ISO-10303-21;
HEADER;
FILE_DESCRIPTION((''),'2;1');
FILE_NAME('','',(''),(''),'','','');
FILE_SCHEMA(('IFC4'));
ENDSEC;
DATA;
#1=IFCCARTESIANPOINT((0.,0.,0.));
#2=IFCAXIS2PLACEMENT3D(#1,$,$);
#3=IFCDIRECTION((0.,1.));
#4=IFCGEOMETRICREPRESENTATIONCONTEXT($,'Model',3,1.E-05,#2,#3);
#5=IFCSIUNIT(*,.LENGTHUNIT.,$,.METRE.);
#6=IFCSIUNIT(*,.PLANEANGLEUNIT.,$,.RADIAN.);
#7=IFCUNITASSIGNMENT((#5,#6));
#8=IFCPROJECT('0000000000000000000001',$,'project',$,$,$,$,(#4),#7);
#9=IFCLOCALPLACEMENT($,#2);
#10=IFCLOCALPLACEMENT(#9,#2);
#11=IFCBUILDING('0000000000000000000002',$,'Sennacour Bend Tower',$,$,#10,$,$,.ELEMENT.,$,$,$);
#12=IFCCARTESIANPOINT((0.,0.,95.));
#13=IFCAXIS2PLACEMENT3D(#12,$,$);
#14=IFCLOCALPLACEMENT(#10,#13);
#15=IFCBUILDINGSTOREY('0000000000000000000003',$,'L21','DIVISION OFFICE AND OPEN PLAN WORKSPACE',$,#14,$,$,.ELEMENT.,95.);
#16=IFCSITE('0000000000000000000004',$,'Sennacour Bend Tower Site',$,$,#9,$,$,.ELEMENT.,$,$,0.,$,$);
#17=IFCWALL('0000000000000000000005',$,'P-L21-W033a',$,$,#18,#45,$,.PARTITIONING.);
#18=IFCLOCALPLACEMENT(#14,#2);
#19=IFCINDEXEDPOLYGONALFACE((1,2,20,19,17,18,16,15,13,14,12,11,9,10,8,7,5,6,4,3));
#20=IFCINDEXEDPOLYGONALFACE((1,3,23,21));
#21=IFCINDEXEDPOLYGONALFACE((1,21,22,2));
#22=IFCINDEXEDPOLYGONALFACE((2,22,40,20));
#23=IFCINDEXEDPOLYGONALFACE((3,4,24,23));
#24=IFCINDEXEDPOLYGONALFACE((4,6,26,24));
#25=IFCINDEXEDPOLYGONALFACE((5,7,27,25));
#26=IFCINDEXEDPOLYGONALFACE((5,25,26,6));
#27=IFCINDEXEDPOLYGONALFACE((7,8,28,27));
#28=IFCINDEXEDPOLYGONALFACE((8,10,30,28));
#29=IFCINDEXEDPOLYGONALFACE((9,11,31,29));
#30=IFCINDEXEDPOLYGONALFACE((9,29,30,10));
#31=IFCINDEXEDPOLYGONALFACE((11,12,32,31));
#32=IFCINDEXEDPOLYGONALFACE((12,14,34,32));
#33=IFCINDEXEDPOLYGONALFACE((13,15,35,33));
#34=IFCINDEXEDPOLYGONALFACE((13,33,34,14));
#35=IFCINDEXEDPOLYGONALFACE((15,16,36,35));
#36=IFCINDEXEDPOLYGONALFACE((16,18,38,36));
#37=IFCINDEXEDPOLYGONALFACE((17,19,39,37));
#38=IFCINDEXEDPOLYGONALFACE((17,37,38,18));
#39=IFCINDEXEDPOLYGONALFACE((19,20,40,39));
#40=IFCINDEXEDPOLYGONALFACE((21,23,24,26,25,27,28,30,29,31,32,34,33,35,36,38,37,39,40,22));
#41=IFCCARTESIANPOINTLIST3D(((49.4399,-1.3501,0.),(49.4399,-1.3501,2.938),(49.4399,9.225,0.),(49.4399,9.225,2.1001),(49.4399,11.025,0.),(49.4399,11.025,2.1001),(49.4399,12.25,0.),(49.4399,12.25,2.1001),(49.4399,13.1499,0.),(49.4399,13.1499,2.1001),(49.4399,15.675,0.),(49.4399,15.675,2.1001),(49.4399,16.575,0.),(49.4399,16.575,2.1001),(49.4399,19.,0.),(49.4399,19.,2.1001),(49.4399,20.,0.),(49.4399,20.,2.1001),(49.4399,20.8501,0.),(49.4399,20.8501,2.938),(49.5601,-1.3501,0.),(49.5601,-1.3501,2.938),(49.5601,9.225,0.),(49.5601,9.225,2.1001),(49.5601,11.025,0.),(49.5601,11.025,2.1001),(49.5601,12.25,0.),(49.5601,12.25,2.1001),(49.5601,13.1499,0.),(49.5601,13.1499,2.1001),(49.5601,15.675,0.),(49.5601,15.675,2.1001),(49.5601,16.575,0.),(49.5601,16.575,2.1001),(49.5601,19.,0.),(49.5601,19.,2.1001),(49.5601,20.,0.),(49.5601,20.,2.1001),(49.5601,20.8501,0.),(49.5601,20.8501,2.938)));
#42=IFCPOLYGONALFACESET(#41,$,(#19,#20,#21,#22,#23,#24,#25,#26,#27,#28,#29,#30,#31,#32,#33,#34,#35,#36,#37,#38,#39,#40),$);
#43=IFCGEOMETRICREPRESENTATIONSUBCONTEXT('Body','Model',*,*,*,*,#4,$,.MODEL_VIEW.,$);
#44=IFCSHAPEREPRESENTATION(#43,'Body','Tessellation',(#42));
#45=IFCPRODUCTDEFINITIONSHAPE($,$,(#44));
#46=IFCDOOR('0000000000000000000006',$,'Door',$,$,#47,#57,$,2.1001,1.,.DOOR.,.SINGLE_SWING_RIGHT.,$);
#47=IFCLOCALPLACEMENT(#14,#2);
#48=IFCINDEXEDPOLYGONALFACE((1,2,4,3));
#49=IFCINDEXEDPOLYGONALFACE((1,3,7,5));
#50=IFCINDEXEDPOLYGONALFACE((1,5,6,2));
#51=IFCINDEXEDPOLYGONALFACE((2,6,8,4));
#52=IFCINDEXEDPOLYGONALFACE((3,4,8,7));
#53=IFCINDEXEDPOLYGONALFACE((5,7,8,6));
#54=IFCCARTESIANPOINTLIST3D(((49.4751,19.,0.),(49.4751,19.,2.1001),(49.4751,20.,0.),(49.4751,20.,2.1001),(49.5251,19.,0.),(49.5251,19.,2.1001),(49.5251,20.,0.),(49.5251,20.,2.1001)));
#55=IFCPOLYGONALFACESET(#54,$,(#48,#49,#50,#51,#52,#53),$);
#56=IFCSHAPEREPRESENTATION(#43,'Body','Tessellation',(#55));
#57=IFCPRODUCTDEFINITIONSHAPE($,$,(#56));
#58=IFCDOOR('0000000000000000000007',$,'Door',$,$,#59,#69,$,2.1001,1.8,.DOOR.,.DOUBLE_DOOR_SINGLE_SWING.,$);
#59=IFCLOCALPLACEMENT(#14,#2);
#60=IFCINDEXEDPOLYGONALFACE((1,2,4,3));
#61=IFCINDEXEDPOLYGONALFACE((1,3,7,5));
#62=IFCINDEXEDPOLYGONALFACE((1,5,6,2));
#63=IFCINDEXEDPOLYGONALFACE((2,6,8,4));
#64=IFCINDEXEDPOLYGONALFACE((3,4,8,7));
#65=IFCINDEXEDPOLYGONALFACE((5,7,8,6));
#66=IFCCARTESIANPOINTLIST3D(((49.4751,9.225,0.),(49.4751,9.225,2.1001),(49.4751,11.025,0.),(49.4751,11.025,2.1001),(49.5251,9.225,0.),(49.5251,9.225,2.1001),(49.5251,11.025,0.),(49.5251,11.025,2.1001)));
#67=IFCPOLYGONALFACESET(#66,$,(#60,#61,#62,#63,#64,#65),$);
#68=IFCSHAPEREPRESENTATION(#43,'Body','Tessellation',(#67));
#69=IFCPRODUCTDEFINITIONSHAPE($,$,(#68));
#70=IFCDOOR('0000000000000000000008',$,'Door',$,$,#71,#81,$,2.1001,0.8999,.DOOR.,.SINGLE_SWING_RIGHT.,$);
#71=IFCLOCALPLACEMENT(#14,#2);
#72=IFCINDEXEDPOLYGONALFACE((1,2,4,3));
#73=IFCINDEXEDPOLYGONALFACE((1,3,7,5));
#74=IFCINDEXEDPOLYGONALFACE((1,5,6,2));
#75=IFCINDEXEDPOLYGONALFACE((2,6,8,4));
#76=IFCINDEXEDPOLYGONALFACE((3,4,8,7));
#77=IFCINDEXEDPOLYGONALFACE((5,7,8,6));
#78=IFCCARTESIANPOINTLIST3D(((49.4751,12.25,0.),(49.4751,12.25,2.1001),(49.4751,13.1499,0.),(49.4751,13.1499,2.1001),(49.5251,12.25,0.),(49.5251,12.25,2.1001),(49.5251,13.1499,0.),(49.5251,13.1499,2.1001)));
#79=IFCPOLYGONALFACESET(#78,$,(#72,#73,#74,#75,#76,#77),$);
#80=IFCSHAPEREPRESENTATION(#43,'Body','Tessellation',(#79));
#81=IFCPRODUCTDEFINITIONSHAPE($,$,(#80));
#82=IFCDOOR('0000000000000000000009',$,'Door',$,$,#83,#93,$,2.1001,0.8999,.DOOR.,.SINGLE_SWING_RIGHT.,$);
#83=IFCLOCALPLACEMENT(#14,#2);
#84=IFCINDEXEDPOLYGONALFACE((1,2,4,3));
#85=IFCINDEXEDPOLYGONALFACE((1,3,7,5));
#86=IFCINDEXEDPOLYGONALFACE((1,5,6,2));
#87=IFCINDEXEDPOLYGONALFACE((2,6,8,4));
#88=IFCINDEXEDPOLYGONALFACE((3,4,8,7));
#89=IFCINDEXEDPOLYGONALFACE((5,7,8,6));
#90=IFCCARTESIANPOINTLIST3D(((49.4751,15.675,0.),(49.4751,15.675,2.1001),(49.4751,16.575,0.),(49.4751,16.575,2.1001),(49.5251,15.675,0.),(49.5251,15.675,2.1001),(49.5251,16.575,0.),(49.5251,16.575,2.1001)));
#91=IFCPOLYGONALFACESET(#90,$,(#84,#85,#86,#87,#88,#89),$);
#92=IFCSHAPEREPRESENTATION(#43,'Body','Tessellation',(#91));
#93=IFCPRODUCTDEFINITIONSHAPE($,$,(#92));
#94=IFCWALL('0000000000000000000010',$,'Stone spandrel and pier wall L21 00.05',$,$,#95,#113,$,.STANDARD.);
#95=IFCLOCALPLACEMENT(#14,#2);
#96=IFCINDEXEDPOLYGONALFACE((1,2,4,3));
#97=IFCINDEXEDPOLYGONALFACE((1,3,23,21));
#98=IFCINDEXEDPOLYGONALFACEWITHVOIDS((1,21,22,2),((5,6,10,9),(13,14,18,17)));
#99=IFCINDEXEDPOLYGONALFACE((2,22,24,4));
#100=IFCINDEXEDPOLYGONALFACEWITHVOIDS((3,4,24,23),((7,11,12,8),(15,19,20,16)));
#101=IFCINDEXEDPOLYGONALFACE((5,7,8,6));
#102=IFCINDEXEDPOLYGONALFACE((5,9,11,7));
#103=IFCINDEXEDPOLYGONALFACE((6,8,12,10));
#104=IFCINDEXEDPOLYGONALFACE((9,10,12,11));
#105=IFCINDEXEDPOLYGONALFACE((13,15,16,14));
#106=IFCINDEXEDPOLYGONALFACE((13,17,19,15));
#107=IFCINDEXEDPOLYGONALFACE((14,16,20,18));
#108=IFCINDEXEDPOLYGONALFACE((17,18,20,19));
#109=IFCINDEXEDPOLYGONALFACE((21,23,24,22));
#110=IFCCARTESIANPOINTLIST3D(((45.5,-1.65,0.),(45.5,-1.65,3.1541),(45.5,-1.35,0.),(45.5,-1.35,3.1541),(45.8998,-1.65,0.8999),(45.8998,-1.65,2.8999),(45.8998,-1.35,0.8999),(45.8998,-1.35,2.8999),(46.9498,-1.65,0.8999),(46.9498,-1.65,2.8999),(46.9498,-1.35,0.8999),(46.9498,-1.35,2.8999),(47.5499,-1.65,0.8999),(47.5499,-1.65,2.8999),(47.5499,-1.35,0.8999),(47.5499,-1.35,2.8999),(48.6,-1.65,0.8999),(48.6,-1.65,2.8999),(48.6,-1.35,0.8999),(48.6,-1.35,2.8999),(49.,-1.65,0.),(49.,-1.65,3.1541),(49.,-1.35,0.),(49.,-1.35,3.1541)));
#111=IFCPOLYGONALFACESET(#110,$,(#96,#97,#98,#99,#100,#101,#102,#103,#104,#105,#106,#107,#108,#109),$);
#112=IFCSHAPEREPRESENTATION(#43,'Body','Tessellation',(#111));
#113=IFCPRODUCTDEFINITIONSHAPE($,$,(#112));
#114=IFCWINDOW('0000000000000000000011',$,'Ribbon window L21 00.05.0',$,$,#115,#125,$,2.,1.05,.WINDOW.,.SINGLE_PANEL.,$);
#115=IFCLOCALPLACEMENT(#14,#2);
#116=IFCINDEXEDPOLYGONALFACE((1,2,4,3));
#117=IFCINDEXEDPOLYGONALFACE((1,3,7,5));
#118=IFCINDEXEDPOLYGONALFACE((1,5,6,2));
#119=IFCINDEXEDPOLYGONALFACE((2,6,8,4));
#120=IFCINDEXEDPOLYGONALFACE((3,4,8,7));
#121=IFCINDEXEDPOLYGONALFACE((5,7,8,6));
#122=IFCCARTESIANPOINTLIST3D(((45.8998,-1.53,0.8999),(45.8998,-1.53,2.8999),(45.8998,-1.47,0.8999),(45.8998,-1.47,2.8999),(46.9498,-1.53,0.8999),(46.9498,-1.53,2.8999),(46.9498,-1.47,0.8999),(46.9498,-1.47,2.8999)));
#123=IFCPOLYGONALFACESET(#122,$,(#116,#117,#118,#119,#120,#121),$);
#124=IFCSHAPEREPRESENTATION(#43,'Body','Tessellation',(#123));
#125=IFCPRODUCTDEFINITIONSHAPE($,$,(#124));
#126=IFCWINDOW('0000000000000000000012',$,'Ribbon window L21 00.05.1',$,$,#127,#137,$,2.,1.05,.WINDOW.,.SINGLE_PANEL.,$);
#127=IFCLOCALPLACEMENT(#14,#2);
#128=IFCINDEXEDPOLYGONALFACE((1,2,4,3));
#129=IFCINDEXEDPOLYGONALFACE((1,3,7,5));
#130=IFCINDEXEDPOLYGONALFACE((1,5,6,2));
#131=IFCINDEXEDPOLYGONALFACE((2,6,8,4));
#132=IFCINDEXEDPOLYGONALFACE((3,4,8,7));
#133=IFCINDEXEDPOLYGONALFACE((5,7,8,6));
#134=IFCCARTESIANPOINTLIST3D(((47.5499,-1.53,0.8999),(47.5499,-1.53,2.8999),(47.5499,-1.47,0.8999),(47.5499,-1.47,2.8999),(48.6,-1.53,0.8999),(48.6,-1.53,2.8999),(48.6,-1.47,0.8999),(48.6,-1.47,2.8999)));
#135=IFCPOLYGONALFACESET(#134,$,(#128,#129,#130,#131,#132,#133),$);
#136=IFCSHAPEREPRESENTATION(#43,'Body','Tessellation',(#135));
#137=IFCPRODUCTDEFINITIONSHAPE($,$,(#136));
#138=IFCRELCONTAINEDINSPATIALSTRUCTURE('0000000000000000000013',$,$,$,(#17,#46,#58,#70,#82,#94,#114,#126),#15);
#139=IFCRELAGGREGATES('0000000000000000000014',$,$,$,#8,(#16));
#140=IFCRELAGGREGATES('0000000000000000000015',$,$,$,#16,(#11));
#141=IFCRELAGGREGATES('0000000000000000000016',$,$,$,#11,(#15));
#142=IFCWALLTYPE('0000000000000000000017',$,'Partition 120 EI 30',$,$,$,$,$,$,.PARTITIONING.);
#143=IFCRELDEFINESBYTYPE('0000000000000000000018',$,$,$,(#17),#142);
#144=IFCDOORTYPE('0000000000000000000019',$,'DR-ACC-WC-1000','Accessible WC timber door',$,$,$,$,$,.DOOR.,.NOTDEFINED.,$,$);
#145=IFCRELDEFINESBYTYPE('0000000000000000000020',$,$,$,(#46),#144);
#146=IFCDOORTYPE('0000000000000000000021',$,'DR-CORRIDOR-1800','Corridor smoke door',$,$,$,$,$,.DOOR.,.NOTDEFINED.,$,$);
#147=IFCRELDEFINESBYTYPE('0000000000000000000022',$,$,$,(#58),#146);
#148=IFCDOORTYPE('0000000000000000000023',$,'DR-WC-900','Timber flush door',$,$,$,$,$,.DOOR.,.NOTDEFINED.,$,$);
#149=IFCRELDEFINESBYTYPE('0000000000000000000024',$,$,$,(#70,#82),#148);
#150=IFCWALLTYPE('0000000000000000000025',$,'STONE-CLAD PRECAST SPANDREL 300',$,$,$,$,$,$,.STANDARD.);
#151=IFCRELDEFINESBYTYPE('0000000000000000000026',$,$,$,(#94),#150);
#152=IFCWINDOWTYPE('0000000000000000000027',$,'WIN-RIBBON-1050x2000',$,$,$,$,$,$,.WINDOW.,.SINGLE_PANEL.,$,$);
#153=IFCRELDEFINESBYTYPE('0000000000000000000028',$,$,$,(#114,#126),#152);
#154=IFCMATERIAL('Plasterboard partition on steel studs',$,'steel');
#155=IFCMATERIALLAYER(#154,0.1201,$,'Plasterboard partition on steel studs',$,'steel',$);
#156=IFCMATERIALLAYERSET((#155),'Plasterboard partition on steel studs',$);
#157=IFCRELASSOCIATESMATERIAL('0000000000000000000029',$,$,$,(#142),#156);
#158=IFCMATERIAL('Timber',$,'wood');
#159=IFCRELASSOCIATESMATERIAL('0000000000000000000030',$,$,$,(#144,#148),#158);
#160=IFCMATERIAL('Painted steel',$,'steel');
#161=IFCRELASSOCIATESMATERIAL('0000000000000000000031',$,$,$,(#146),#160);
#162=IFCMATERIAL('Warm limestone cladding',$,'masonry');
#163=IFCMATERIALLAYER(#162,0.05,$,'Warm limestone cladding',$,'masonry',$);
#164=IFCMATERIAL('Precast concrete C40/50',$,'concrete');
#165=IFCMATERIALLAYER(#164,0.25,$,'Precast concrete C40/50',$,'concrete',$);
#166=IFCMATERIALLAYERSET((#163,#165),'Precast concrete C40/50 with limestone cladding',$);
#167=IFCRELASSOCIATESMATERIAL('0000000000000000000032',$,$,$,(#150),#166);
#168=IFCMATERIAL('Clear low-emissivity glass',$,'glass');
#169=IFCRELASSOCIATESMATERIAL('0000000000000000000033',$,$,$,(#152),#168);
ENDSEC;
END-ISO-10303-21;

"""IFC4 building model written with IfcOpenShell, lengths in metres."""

from ifc_helpers import new_model, si_unit, direction, frame, frame_2d, origin, place, context, subcontext, project, spatial, rectangle, extrude, material, layer, layer_set, type_object, element, fill, save


model = new_model("IFC4")

# Units and contexts
model_context = context("Model", 3, precision=1e-05, world=origin(), true_north=direction((0.0, 1.0)))
body_context = subcontext(model_context, "Body", "Model", "MODEL_VIEW")
ifc_project = project(units=[si_unit("LENGTHUNIT", "METRE"), si_unit("PLANEANGLEUNIT", "RADIAN")], contexts=[model_context])

# Site, building, storey
site_placement = place(None, origin())
site = spatial("IfcSite", under=ifc_project, at=site_placement, Name="Sennacour Bend Tower Site", CompositionType="ELEMENT", RefElevation=0.0)
building_placement = place(site_placement, origin())
building = spatial("IfcBuilding", under=site, at=building_placement, Name="Sennacour Bend Tower", CompositionType="ELEMENT")
storey_placement = place(building_placement, frame((0.0, 0.0, 95.0)))
storey = spatial("IfcBuildingStorey", under=building, at=storey_placement, Name="L21", Description="DIVISION OFFICE AND OPEN PLAN WORKSPACE", CompositionType="ELEMENT", Elevation=95.0)

# Shared definitions
ifc_material_1 = material(Name="Plasterboard partition on steel studs", Category="steel")

# Wall, openings, doors
ifc_layer_1 = layer(ifc_material_1, 0.1201, Name="Plasterboard partition on steel studs", Category="steel")
ifc_layer_set_1 = layer_set([ifc_layer_1], Name="Plasterboard partition on steel studs")
wall_type_1 = type_object("IfcWallType", Name="Partition 120 EI 30", PredefinedType="PARTITIONING", material=ifc_layer_set_1)
wall_1_placement = place(storey_placement, frame((49.5, -1.3501, 0.0), z_axis=(0.0, 0.0, 1.0), x_axis=(0.0, 1.0, 0.0)))
wall_1 = element("IfcWall", 1, at=wall_1_placement, inside=storey, type_object=wall_type_1, Name="P-L21-W033a", PredefinedType="PARTITIONING", context=body_context, shape_type="SweptSolid", body=[
    extrude(rectangle(XDim=22.2002, YDim=0.1201, at=frame_2d((11.1001, 0.0))), origin(), (0.0, 0.0, 1.0), 2.938),
])
opening_1_placement = place(wall_1_placement, frame((10.5752, 0.0, 0.0)))
opening_1 = element("IfcOpeningElement", 2, at=opening_1_placement, cuts=wall_1, PredefinedType="OPENING", context=body_context, shape_type="SweptSolid", body=[
    extrude(rectangle(XDim=1.8, YDim=2.1001, at=frame_2d((0.8999, 1.05))), frame((0.0, 0.0701, 0.0), z_axis=(0.0, -1.0, 0.0), x_axis=(1.0, 0.0, 0.0)), (0.0, 0.0, 1.0), 0.1401),
])
opening_2_placement = place(wall_1_placement, frame((13.6001, 0.0, 0.0)))
opening_2 = element("IfcOpeningElement", 3, at=opening_2_placement, cuts=wall_1, PredefinedType="OPENING", context=body_context, shape_type="SweptSolid", body=[
    extrude(rectangle(XDim=0.8999, YDim=2.1001, at=frame_2d((0.45, 1.05))), frame((0.0, 0.0701, 0.0), z_axis=(0.0, -1.0, 0.0), x_axis=(1.0, 0.0, 0.0)), (0.0, 0.0, 1.0), 0.1401),
])
opening_3_placement = place(wall_1_placement, frame((17.0251, 0.0, 0.0)))
opening_3 = element("IfcOpeningElement", 4, at=opening_3_placement, cuts=wall_1, PredefinedType="OPENING", context=body_context, shape_type="SweptSolid", body=[
    extrude(rectangle(XDim=0.8999, YDim=2.1001, at=frame_2d((0.45, 1.05))), frame((0.0, 0.0701, 0.0), z_axis=(0.0, -1.0, 0.0), x_axis=(1.0, 0.0, 0.0)), (0.0, 0.0, 1.0), 0.1401),
])
opening_4_placement = place(wall_1_placement, frame((20.3501, 0.0, 0.0)))
opening_4 = element("IfcOpeningElement", 5, at=opening_4_placement, cuts=wall_1, PredefinedType="OPENING", context=body_context, shape_type="SweptSolid", body=[
    extrude(rectangle(XDim=1.0, YDim=2.1001, at=frame_2d((0.5, 1.05))), frame((0.0, 0.0701, 0.0), z_axis=(0.0, -1.0, 0.0), x_axis=(1.0, 0.0, 0.0)), (0.0, 0.0, 1.0), 0.1401),
])
ifc_material_2 = material(Name="Timber", Category="wood")
door_type_1 = type_object("IfcDoorType", Name="DR-ACC-WC-1000", Description="Accessible WC timber door", OperationType="NOTDEFINED", PredefinedType="DOOR", material=ifc_material_2)
door_1_placement = place(opening_4_placement, origin())
door_1 = element("IfcDoor", 6, at=door_1_placement, inside=storey, type_object=door_type_1, Name="Door", OperationType="SINGLE_SWING_RIGHT", OverallHeight=2.1001, OverallWidth=1.0, PredefinedType="DOOR", context=body_context, shape_type="SweptSolid", body=[
    extrude(rectangle(XDim=1.0, YDim=2.1001, at=frame_2d((0.5, 1.05))), frame((0.0, 0.0249, 0.0), z_axis=(0.0, -1.0, 0.0), x_axis=(1.0, 0.0, 0.0)), (0.0, 0.0, 1.0), 0.05),
])
fill(opening_4, door_1)
ifc_material_3 = material(Name="Painted steel", Category="steel")
door_type_2 = type_object("IfcDoorType", Name="DR-CORRIDOR-1800", Description="Corridor smoke door", OperationType="NOTDEFINED", PredefinedType="DOOR", material=ifc_material_3)
door_2_placement = place(opening_1_placement, origin())
door_2 = element("IfcDoor", 7, at=door_2_placement, inside=storey, type_object=door_type_2, Name="Door", OperationType="DOUBLE_DOOR_SINGLE_SWING", OverallHeight=2.1001, OverallWidth=1.8, PredefinedType="DOOR", context=body_context, shape_type="SweptSolid", body=[
    extrude(rectangle(XDim=1.8, YDim=2.1001, at=frame_2d((0.8999, 1.05))), frame((0.0, 0.0249, 0.0), z_axis=(0.0, -1.0, 0.0), x_axis=(1.0, 0.0, 0.0)), (0.0, 0.0, 1.0), 0.05),
])
fill(opening_1, door_2)
door_type_3 = type_object("IfcDoorType", Name="DR-WC-900", Description="Timber flush door", OperationType="NOTDEFINED", PredefinedType="DOOR", material=ifc_material_2)
door_3_placement = place(opening_2_placement, origin())
door_3 = element("IfcDoor", 8, at=door_3_placement, inside=storey, type_object=door_type_3, Name="Door", OperationType="SINGLE_SWING_RIGHT", OverallHeight=2.1001, OverallWidth=0.8999, PredefinedType="DOOR", context=body_context, shape_type="SweptSolid", body=[
    extrude(rectangle(XDim=0.8999, YDim=2.1001, at=frame_2d((0.45, 1.05))), frame((0.0, 0.0249, 0.0), z_axis=(0.0, -1.0, 0.0), x_axis=(1.0, 0.0, 0.0)), (0.0, 0.0, 1.0), 0.05),
])
fill(opening_2, door_3)
door_4_placement = place(opening_3_placement, origin())
door_4 = element("IfcDoor", 9, at=door_4_placement, inside=storey, type_object=door_type_3, Name="Door", OperationType="SINGLE_SWING_RIGHT", OverallHeight=2.1001, OverallWidth=0.8999, PredefinedType="DOOR", context=body_context, shape_type="SweptSolid", body=[
    extrude(rectangle(XDim=0.8999, YDim=2.1001, at=frame_2d((0.45, 1.05))), frame((0.0, 0.0249, 0.0), z_axis=(0.0, -1.0, 0.0), x_axis=(1.0, 0.0, 0.0)), (0.0, 0.0, 1.0), 0.05),
])
fill(opening_3, door_4)

# Wall, openings, windows
ifc_material_4 = material(Name="Warm limestone cladding", Category="masonry")
ifc_layer_2 = layer(ifc_material_4, 0.05, Name="Warm limestone cladding", Category="masonry")
ifc_material_5 = material(Name="Precast concrete C40/50", Category="concrete")
ifc_layer_3 = layer(ifc_material_5, 0.25, Name="Precast concrete C40/50", Category="concrete")
ifc_layer_set_2 = layer_set([ifc_layer_2, ifc_layer_3], Name="Precast concrete C40/50 with limestone cladding")
wall_type_2 = type_object("IfcWallType", Name="STONE-CLAD PRECAST SPANDREL 300", PredefinedType="STANDARD", material=ifc_layer_set_2)
wall_2_placement = place(storey_placement, frame((45.5, -1.5, 0.0), z_axis=(0.0, 0.0, 1.0), x_axis=(1.0, 0.0, 0.0)))
wall_2 = element("IfcWall", 10, at=wall_2_placement, inside=storey, type_object=wall_type_2, Name="Stone spandrel and pier wall L21 00.05", PredefinedType="STANDARD", context=body_context, shape_type="SweptSolid", body=[
    extrude(rectangle(XDim=3.5, YDim=0.3, at=frame_2d((1.75, 0.0))), origin(), (0.0, 0.0, 1.0), 3.1541),
])
opening_5_placement = place(wall_2_placement, frame((0.3999, 0.0, 0.8999)))
opening_5 = element("IfcOpeningElement", 11, at=opening_5_placement, cuts=wall_2, PredefinedType="OPENING", context=body_context, shape_type="SweptSolid", body=[
    extrude(rectangle(XDim=1.05, YDim=2.0, at=frame_2d((0.5249, 1.0))), frame((0.0, 0.1602, 0.0), z_axis=(0.0, -1.0, 0.0), x_axis=(1.0, 0.0, 0.0)), (0.0, 0.0, 1.0), 0.3201),
])
opening_6_placement = place(wall_2_placement, frame((2.05, 0.0, 0.8999)))
opening_6 = element("IfcOpeningElement", 12, at=opening_6_placement, cuts=wall_2, PredefinedType="OPENING", context=body_context, shape_type="SweptSolid", body=[
    extrude(rectangle(XDim=1.05, YDim=2.0, at=frame_2d((0.5249, 1.0))), frame((0.0, 0.1602, 0.0), z_axis=(0.0, -1.0, 0.0), x_axis=(1.0, 0.0, 0.0)), (0.0, 0.0, 1.0), 0.3201),
])
ifc_material_6 = material(Name="Clear low-emissivity glass", Category="glass")
window_type = type_object("IfcWindowType", Name="WIN-RIBBON-1050x2000", PartitioningType="SINGLE_PANEL", PredefinedType="WINDOW", material=ifc_material_6)
window_1_placement = place(opening_5_placement, origin())
window_1 = element("IfcWindow", 13, at=window_1_placement, inside=storey, type_object=window_type, Name="Ribbon window L21 00.05.0", OverallHeight=2.0, OverallWidth=1.05, PartitioningType="SINGLE_PANEL", PredefinedType="WINDOW", context=body_context, shape_type="SweptSolid", body=[
    extrude(rectangle(XDim=1.05, YDim=2.0, at=frame_2d((0.5249, 1.0))), frame((0.0, 0.03, 0.0), z_axis=(0.0, -1.0, 0.0), x_axis=(1.0, 0.0, 0.0)), (0.0, 0.0, 1.0), 0.0601),
])
fill(opening_5, window_1)
window_2_placement = place(opening_6_placement, origin())
window_2 = element("IfcWindow", 14, at=window_2_placement, inside=storey, type_object=window_type, Name="Ribbon window L21 00.05.1", OverallHeight=2.0, OverallWidth=1.05, PartitioningType="SINGLE_PANEL", PredefinedType="WINDOW", context=body_context, shape_type="SweptSolid", body=[
    extrude(rectangle(XDim=1.05, YDim=2.0, at=frame_2d((0.5249, 1.0))), frame((0.0, 0.03, 0.0), z_axis=(0.0, -1.0, 0.0), x_axis=(1.0, 0.0, 0.0)), (0.0, 0.0, 1.0), 0.0601),
])
fill(opening_6, window_2)

save(model, "model.ifc")
